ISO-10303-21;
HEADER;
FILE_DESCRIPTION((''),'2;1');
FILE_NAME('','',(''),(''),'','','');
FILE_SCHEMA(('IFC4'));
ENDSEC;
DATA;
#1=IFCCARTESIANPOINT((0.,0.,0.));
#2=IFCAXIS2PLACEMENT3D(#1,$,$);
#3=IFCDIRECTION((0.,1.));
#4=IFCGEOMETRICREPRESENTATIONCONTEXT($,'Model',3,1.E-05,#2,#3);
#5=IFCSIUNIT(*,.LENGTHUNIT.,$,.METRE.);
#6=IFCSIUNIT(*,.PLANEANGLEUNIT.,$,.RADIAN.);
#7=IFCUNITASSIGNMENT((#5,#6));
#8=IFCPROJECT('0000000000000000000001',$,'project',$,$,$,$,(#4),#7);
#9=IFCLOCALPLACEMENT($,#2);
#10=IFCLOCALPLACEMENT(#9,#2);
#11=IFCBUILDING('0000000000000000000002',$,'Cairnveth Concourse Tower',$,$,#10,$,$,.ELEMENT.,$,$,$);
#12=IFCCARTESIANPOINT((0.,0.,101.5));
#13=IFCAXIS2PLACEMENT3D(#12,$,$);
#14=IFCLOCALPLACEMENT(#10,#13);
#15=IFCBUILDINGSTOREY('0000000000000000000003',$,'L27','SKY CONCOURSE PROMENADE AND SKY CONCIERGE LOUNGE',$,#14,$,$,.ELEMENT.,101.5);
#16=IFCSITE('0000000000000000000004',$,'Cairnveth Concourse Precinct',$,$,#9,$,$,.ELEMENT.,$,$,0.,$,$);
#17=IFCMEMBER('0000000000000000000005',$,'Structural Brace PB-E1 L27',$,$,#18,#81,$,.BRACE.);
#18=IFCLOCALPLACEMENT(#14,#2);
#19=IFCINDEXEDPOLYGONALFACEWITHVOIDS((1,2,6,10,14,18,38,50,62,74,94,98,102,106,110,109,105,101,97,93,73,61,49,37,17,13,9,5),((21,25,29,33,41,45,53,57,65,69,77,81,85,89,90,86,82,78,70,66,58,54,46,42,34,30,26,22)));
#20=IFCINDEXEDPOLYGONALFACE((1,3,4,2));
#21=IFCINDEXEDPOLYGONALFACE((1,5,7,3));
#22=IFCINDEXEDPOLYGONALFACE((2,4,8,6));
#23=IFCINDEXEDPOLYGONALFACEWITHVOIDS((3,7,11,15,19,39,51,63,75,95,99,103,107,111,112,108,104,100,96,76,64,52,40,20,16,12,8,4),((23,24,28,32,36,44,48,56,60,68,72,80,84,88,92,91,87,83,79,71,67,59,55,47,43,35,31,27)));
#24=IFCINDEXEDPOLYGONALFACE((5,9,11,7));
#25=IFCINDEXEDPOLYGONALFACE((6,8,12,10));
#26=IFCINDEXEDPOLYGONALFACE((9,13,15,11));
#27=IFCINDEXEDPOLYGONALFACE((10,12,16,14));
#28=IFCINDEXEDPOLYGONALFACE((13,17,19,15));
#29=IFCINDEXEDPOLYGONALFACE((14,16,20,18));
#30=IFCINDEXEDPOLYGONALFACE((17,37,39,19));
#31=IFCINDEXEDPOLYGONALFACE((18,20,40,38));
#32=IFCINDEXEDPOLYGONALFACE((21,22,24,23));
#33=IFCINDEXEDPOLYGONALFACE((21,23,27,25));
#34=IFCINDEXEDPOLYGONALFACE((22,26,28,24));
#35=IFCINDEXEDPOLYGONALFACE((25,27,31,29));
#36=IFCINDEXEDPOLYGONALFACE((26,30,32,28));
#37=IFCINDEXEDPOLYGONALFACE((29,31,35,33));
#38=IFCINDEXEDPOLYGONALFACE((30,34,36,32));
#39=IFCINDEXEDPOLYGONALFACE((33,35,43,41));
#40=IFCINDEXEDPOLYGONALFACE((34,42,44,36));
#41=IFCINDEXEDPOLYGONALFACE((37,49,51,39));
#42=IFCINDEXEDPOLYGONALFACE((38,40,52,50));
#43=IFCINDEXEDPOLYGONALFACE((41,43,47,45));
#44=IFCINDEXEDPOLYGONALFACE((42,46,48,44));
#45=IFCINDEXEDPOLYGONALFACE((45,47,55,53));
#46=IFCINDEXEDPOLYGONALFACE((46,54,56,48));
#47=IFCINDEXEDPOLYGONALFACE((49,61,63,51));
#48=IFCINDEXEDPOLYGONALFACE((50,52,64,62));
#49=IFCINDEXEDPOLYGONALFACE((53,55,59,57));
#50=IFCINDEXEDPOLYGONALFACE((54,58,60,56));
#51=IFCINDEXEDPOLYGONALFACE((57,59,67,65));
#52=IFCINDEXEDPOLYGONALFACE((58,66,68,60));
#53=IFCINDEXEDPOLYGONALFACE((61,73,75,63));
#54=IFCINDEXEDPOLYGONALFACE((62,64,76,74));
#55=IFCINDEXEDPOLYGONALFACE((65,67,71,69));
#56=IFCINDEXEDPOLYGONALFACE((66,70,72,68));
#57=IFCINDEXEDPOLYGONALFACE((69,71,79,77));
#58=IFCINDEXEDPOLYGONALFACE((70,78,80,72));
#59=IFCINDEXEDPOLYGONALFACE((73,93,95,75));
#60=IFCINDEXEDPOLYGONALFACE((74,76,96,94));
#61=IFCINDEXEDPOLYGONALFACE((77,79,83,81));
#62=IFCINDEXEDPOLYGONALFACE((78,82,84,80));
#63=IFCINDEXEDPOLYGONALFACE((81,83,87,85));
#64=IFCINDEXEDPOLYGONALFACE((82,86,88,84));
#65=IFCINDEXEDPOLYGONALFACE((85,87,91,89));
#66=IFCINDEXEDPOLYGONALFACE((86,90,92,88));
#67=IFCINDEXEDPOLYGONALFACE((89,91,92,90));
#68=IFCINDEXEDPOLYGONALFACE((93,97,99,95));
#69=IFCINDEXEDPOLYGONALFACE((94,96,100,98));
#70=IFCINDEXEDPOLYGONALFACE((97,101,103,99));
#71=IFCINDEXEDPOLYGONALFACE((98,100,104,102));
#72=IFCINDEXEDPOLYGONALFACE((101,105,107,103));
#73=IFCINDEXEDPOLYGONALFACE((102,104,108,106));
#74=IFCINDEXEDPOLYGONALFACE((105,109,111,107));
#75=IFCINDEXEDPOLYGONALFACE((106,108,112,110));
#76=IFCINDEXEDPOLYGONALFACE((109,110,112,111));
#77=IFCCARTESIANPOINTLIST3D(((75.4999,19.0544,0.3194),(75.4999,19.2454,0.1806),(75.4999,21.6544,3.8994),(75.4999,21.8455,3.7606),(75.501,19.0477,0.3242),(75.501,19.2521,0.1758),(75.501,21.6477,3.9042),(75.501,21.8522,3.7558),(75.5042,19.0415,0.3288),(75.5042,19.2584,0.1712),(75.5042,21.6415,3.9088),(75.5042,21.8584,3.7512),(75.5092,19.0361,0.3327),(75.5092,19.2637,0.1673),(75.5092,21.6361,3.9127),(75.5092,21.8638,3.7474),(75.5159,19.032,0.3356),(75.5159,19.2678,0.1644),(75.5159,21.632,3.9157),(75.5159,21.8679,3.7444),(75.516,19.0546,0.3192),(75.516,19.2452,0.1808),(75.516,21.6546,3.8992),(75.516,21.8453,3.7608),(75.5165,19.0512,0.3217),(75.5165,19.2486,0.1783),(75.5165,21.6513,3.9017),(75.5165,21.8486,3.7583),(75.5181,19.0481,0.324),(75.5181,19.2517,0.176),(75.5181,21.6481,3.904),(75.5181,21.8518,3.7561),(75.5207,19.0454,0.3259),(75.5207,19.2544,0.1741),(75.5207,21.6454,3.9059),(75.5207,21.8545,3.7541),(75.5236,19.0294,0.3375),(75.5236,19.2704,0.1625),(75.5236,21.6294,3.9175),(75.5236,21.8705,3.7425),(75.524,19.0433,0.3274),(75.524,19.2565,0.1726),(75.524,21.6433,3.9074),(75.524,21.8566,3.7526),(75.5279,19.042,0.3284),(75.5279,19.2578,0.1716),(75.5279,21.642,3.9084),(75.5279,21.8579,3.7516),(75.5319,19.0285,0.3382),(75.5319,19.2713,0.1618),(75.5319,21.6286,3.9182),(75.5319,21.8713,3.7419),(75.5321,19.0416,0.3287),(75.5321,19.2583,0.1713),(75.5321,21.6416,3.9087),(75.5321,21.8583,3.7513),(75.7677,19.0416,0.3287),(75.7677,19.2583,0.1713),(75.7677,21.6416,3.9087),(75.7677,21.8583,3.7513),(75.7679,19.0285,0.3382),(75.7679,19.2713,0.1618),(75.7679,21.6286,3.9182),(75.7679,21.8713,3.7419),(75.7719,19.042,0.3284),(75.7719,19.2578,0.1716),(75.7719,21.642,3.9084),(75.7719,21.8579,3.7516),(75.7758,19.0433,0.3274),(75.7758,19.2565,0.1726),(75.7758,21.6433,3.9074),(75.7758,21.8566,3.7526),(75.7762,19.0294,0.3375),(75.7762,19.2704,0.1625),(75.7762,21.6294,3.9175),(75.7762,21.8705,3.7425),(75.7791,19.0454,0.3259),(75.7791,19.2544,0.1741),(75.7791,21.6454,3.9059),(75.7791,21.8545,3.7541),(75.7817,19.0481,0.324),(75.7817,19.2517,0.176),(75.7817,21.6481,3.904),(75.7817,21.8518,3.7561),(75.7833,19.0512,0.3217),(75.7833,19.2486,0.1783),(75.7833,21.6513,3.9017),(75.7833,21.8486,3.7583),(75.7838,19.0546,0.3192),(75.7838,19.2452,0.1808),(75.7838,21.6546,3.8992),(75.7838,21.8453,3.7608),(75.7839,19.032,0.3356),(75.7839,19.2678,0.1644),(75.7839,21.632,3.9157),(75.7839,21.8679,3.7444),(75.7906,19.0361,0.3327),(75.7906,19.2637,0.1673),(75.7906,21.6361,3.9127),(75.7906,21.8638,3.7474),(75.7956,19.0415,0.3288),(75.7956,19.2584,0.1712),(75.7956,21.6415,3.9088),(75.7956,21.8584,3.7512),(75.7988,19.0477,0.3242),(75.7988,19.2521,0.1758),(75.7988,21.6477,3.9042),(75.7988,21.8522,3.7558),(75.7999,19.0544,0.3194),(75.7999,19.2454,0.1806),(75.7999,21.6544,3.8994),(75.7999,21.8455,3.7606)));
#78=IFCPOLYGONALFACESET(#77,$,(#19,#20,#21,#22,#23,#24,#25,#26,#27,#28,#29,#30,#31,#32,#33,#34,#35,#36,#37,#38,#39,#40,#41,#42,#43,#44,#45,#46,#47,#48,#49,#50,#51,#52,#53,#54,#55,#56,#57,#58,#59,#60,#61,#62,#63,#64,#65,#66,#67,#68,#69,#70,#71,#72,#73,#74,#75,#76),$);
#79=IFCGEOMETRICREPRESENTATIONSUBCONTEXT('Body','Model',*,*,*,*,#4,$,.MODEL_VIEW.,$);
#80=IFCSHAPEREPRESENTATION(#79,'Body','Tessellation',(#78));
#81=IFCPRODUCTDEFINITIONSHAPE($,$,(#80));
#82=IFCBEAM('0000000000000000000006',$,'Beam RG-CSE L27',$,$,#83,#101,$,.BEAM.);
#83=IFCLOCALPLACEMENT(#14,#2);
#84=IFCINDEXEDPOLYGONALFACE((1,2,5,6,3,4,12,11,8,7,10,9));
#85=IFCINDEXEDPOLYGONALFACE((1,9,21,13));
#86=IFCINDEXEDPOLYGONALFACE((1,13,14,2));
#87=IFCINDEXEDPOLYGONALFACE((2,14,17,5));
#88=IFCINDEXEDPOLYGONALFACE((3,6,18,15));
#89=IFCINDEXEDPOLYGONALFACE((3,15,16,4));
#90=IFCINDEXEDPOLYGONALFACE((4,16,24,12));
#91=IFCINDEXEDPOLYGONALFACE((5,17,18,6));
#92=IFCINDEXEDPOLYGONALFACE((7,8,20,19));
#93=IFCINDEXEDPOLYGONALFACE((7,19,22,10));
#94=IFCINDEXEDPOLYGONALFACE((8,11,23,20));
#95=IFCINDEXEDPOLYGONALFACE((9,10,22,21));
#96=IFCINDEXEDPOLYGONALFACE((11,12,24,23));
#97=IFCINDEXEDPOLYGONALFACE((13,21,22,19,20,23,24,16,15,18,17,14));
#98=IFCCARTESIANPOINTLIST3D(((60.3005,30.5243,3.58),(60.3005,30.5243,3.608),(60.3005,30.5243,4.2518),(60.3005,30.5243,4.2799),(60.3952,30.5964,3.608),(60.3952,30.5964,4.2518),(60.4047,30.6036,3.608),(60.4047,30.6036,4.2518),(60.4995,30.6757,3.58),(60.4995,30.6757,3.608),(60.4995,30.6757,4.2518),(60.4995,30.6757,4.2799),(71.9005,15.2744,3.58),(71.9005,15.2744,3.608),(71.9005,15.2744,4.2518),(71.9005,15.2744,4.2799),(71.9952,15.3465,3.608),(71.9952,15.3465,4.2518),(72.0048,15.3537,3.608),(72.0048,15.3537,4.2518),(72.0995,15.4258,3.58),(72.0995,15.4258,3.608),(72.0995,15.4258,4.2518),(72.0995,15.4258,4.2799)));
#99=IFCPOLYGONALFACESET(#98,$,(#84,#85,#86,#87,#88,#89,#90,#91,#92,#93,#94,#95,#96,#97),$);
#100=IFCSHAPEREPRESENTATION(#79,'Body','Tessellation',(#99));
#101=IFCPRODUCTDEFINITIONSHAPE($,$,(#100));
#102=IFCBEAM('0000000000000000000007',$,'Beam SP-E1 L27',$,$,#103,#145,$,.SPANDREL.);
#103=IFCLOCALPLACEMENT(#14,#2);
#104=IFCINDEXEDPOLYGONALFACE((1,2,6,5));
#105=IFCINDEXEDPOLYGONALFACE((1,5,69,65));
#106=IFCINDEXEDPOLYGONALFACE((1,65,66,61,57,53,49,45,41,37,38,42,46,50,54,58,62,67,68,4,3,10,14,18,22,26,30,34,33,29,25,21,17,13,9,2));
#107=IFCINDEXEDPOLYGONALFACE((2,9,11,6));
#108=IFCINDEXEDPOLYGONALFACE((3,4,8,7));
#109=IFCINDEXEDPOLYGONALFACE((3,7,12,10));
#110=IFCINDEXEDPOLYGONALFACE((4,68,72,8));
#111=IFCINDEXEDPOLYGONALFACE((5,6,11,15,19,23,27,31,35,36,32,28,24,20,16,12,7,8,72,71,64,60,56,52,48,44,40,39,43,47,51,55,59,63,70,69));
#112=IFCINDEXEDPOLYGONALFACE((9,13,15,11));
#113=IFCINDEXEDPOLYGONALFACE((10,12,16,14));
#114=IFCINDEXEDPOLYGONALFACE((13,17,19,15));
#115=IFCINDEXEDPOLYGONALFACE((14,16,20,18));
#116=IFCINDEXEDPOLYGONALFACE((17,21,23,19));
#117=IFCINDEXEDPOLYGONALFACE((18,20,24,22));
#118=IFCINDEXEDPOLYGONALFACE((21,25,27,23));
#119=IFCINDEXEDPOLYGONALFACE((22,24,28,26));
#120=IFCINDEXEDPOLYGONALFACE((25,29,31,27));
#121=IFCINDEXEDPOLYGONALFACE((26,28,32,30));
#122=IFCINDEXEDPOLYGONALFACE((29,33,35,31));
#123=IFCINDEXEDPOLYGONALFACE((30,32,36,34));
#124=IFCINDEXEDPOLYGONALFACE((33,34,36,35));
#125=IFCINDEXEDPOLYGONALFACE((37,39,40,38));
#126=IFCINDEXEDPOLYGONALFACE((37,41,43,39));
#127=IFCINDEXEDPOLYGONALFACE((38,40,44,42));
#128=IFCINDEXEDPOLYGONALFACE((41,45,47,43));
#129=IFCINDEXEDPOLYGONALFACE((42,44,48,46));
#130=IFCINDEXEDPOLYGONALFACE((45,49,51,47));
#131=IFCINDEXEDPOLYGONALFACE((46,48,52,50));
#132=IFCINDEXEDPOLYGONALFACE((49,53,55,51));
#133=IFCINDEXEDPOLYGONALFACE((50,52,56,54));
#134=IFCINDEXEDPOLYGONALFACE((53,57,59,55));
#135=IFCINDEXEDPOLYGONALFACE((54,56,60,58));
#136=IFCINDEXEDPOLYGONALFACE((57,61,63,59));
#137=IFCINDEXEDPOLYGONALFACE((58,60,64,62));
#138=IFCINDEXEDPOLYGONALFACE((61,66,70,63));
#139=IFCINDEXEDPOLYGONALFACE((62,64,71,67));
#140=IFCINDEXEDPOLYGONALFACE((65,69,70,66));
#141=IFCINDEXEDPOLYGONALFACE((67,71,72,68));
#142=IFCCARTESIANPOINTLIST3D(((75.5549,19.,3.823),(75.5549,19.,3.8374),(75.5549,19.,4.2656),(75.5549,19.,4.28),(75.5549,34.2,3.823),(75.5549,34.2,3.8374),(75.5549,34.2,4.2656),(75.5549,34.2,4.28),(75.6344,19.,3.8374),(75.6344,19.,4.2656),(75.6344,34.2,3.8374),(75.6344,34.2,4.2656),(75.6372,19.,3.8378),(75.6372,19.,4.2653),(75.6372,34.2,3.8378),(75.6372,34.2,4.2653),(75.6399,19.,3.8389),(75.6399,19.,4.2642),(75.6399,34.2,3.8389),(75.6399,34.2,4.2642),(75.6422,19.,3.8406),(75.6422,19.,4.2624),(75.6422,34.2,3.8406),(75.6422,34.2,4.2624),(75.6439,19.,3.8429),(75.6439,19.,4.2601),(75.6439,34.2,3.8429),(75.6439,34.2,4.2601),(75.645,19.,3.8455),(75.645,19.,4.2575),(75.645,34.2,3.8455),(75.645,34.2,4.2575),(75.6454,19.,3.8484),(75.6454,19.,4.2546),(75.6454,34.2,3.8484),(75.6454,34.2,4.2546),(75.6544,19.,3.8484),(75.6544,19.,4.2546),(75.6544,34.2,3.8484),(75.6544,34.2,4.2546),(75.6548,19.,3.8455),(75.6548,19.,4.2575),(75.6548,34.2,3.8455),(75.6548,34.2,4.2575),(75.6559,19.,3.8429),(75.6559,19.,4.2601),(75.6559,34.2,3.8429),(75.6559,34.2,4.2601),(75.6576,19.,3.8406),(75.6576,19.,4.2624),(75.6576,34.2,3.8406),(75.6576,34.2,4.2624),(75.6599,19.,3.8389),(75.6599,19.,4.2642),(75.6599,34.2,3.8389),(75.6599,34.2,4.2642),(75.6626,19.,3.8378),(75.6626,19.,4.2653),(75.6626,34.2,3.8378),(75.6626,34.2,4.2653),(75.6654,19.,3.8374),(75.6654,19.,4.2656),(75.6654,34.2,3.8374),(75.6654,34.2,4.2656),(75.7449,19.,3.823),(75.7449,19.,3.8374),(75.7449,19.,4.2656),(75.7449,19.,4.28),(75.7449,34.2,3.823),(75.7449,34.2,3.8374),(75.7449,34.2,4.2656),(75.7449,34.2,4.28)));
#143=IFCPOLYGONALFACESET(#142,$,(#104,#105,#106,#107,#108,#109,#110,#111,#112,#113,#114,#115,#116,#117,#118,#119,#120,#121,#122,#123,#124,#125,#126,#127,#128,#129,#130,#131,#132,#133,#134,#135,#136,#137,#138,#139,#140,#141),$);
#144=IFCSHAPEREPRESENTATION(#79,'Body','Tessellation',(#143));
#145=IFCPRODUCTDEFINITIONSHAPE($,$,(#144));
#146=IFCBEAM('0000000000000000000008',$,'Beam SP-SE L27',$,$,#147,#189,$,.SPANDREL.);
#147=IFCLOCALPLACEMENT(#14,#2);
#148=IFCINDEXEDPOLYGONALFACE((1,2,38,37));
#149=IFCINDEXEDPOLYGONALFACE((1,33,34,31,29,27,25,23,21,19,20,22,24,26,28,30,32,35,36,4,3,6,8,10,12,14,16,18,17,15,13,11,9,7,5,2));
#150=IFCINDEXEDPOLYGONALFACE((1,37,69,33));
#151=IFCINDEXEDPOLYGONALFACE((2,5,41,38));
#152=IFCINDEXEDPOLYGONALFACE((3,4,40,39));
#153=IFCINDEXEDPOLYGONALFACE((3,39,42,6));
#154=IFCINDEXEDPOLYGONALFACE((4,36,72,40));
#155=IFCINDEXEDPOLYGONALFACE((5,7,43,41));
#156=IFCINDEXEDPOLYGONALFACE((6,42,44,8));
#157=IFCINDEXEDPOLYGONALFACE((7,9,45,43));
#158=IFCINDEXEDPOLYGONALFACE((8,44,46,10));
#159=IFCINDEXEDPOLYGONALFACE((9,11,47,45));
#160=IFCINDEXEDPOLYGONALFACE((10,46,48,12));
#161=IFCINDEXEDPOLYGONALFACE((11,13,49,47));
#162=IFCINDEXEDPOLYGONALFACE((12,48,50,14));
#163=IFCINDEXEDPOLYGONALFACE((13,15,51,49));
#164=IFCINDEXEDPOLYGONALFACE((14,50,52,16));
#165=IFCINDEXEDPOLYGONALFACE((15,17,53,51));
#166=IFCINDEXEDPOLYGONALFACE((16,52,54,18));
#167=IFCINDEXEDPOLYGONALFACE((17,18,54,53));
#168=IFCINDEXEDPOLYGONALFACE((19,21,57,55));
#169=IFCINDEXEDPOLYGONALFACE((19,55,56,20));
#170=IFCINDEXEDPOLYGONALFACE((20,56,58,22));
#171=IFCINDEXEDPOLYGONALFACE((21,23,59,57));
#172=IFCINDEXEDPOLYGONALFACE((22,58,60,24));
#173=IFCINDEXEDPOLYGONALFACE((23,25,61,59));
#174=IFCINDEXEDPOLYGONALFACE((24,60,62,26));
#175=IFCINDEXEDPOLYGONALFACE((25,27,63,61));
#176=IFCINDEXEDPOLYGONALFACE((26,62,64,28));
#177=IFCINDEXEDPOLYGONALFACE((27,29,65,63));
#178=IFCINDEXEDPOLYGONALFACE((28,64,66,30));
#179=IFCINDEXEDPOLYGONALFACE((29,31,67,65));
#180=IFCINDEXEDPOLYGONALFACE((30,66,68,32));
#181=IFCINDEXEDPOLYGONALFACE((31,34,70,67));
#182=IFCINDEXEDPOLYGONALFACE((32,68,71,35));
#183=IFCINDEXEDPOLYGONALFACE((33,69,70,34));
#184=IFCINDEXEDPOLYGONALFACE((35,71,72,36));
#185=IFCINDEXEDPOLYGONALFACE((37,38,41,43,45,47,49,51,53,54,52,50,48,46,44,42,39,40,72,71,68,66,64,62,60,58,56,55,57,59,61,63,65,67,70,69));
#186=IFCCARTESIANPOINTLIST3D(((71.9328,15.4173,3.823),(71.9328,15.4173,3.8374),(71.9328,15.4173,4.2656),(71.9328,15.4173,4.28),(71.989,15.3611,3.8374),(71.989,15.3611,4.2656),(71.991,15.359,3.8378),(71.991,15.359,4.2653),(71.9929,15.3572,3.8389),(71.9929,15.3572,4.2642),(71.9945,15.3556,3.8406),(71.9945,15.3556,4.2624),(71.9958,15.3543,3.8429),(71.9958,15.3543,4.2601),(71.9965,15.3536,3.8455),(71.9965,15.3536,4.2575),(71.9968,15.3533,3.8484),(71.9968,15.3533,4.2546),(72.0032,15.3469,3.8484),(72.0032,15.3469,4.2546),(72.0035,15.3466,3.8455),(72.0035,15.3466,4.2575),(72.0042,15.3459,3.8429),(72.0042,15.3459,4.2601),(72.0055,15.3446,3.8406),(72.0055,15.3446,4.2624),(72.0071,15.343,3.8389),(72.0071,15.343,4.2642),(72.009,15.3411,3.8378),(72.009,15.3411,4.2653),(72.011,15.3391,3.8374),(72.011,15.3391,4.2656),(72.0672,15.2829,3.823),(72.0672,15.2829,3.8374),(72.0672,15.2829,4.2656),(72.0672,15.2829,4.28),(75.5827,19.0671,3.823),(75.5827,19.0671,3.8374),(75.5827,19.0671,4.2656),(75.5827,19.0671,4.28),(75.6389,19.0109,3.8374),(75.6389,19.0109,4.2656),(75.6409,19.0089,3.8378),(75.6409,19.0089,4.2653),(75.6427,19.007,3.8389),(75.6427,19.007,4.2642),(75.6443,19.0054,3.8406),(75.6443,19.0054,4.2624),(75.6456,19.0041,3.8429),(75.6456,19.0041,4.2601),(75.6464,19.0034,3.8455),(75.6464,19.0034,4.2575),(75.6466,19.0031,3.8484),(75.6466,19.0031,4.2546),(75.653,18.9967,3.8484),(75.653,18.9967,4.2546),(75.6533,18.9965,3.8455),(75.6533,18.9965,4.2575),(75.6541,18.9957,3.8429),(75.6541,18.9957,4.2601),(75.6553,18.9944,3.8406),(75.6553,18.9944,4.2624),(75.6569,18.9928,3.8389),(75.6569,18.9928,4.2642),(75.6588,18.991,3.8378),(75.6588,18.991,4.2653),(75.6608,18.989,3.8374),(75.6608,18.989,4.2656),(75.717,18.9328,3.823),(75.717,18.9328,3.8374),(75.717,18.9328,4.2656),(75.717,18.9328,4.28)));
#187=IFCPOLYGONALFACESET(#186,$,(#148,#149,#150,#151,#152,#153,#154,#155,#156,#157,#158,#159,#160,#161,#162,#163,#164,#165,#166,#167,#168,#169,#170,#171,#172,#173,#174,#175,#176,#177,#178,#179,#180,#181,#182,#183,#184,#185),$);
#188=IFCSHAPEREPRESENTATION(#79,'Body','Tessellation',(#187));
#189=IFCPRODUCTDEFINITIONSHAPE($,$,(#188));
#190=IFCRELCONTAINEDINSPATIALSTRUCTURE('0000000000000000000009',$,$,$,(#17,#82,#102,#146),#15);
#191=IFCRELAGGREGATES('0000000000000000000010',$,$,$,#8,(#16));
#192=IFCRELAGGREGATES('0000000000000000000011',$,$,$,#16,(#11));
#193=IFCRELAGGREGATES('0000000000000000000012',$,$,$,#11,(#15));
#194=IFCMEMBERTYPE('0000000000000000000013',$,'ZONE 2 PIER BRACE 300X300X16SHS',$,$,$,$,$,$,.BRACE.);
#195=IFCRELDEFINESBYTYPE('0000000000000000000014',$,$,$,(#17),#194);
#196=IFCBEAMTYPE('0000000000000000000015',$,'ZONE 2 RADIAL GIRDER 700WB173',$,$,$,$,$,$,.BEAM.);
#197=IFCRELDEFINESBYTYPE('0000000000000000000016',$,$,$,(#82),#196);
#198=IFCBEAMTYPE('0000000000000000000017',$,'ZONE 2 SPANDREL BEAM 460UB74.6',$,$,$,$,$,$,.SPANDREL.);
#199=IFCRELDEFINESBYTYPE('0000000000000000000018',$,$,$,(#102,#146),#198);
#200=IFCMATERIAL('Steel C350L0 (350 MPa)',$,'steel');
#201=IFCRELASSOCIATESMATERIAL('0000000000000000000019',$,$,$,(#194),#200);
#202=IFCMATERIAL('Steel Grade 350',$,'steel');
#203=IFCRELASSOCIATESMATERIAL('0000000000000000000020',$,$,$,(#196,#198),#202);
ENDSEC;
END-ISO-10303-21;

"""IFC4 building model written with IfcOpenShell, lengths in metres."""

from ifc_helpers import new_model, si_unit, direction, frame, origin, origin_2d, place, context, subcontext, project, spatial, hollow_rectangle, i_section, extrude, material, material_profile, profile_set, type_object, element, save


model = new_model("IFC4")

# Units and contexts
model_context = context("Model", 3, precision=1e-05, world=origin(), true_north=direction((0.0, 1.0)))
body_context = subcontext(model_context, "Body", "Model", "MODEL_VIEW")
ifc_project = project(units=[si_unit("LENGTHUNIT", "METRE"), si_unit("PLANEANGLEUNIT", "RADIAN")], contexts=[model_context])

# Site, building, storey
site_placement = place(None, origin())
site = spatial("IfcSite", under=ifc_project, at=site_placement, Name="Cairnveth Concourse Precinct", CompositionType="ELEMENT", RefElevation=0.0)
building_placement = place(site_placement, origin())
building = spatial("IfcBuilding", under=site, at=building_placement, Name="Cairnveth Concourse Tower", CompositionType="ELEMENT")
storey_placement = place(building_placement, frame((0.0, 0.0, 101.5)))
storey = spatial("IfcBuildingStorey", under=building, at=storey_placement, Name="L27", Description="SKY CONCOURSE PROMENADE AND SKY CONCIERGE LOUNGE", CompositionType="ELEMENT", Elevation=101.5)

# Shared definitions
ifc_material_1 = material(Name="Steel Grade 350", Category="steel")

# Member
ifc_material_2 = material(Name="Steel C350L0 (350 MPa)", Category="steel")
ifc_material_profile_1 = material_profile(ifc_material_2, hollow_rectangle(XDim=0.3, YDim=0.3, WallThickness=0.0161, InnerFilletRadius=0.0161, OuterFilletRadius=0.032, at=origin_2d()), Name="300x300x16.0SHS")
ifc_profile_set_1 = profile_set([ifc_material_profile_1], Name="Steel C350L0 (350 MPa)")
member_type = type_object("IfcMemberType", Name="ZONE 2 PIER BRACE 300X300X16SHS", PredefinedType="BRACE", material=ifc_profile_set_1)
for number, where, z_axis, x_axis, name in (
    (1, (75.6499, 19.1499, 0.25), (0.0, 0.58764, 0.809122), (-1.0, 0.0, 0.0), "Structural Brace PB-E1 L27"),
):
    element("IfcMember", number, at=place(storey_placement, frame(where, z_axis=z_axis, x_axis=x_axis)), inside=storey, type_object=member_type, Name=name, PredefinedType="BRACE", context=body_context, shape_type="SweptSolid", body=[
        extrude(hollow_rectangle(XDim=0.3, YDim=0.3, WallThickness=0.0161, InnerFilletRadius=0.0161, OuterFilletRadius=0.032, at=origin_2d()), origin(), (0.0, 0.0, 1.0), 4.4246),
    ])

# Beams
ifc_material_profile_2 = material_profile(ifc_material_1, i_section(OverallWidth=0.25, OverallDepth=0.7, WebThickness=0.012, FlangeThickness=0.0281, at=origin_2d()), Name="700WB173")
ifc_profile_set_2 = profile_set([ifc_material_profile_2], Name="Steel Grade 350")
beam_type_1 = type_object("IfcBeamType", Name="ZONE 2 RADIAL GIRDER 700WB173", PredefinedType="BEAM", material=ifc_profile_set_2)
beam_1_placement = place(storey_placement, frame((72.0, 15.3501, 3.9299), z_axis=(-0.605417, 0.795908, 0.0), x_axis=(-0.795908, -0.605417, 0.0)))
element("IfcBeam", 2, at=beam_1_placement, inside=storey, type_object=beam_type_1, Name="Beam RG-CSE L27", PredefinedType="BEAM", context=body_context, shape_type="SweptSolid", body=[
    extrude(i_section(OverallWidth=0.25, OverallDepth=0.7, WebThickness=0.012, FlangeThickness=0.0281, at=origin_2d()), origin(), (0.0, 0.0, 1.0), 19.1604),
])
ifc_material_profile_3 = material_profile(ifc_material_1, i_section(OverallWidth=0.1899, OverallDepth=0.457, WebThickness=0.009, FlangeThickness=0.0144, FilletRadius=0.011, at=origin_2d()), Name="460UB74.6")
ifc_profile_set_3 = profile_set([ifc_material_profile_3], Name="Steel Grade 350")
beam_type_2 = type_object("IfcBeamType", Name="ZONE 2 SPANDREL BEAM 460UB74.6", PredefinedType="SPANDREL", material=ifc_profile_set_3)
beam_2_placement = place(storey_placement, frame((75.6499, 19.0, 4.0515), z_axis=(0.0, 1.0, 0.0), x_axis=(-1.0, 0.0, 0.0)))
element("IfcBeam", 3, at=beam_2_placement, inside=storey, type_object=beam_type_2, Name="Beam SP-E1 L27", PredefinedType="SPANDREL", context=body_context, shape_type="SweptSolid", body=[
    extrude(i_section(OverallWidth=0.1899, OverallDepth=0.457, WebThickness=0.009, FlangeThickness=0.0144, FilletRadius=0.011, at=origin_2d()), origin(), (0.0, 0.0, 1.0), 15.2),
])
beam_3_placement = place(storey_placement, frame((72.0, 15.3501, 4.0515), z_axis=(0.707107, 0.707107, 0.0), x_axis=(-0.707107, 0.707107, 0.0)))
element("IfcBeam", 4, at=beam_3_placement, inside=storey, type_object=beam_type_2, Name="Beam SP-SE L27", PredefinedType="SPANDREL", context=body_context, shape_type="SweptSolid", body=[
    extrude(i_section(OverallWidth=0.1899, OverallDepth=0.457, WebThickness=0.009, FlangeThickness=0.0144, FilletRadius=0.011, at=origin_2d()), origin(), (0.0, 0.0, 1.0), 5.1616),
])

save(model, "model.ifc")
